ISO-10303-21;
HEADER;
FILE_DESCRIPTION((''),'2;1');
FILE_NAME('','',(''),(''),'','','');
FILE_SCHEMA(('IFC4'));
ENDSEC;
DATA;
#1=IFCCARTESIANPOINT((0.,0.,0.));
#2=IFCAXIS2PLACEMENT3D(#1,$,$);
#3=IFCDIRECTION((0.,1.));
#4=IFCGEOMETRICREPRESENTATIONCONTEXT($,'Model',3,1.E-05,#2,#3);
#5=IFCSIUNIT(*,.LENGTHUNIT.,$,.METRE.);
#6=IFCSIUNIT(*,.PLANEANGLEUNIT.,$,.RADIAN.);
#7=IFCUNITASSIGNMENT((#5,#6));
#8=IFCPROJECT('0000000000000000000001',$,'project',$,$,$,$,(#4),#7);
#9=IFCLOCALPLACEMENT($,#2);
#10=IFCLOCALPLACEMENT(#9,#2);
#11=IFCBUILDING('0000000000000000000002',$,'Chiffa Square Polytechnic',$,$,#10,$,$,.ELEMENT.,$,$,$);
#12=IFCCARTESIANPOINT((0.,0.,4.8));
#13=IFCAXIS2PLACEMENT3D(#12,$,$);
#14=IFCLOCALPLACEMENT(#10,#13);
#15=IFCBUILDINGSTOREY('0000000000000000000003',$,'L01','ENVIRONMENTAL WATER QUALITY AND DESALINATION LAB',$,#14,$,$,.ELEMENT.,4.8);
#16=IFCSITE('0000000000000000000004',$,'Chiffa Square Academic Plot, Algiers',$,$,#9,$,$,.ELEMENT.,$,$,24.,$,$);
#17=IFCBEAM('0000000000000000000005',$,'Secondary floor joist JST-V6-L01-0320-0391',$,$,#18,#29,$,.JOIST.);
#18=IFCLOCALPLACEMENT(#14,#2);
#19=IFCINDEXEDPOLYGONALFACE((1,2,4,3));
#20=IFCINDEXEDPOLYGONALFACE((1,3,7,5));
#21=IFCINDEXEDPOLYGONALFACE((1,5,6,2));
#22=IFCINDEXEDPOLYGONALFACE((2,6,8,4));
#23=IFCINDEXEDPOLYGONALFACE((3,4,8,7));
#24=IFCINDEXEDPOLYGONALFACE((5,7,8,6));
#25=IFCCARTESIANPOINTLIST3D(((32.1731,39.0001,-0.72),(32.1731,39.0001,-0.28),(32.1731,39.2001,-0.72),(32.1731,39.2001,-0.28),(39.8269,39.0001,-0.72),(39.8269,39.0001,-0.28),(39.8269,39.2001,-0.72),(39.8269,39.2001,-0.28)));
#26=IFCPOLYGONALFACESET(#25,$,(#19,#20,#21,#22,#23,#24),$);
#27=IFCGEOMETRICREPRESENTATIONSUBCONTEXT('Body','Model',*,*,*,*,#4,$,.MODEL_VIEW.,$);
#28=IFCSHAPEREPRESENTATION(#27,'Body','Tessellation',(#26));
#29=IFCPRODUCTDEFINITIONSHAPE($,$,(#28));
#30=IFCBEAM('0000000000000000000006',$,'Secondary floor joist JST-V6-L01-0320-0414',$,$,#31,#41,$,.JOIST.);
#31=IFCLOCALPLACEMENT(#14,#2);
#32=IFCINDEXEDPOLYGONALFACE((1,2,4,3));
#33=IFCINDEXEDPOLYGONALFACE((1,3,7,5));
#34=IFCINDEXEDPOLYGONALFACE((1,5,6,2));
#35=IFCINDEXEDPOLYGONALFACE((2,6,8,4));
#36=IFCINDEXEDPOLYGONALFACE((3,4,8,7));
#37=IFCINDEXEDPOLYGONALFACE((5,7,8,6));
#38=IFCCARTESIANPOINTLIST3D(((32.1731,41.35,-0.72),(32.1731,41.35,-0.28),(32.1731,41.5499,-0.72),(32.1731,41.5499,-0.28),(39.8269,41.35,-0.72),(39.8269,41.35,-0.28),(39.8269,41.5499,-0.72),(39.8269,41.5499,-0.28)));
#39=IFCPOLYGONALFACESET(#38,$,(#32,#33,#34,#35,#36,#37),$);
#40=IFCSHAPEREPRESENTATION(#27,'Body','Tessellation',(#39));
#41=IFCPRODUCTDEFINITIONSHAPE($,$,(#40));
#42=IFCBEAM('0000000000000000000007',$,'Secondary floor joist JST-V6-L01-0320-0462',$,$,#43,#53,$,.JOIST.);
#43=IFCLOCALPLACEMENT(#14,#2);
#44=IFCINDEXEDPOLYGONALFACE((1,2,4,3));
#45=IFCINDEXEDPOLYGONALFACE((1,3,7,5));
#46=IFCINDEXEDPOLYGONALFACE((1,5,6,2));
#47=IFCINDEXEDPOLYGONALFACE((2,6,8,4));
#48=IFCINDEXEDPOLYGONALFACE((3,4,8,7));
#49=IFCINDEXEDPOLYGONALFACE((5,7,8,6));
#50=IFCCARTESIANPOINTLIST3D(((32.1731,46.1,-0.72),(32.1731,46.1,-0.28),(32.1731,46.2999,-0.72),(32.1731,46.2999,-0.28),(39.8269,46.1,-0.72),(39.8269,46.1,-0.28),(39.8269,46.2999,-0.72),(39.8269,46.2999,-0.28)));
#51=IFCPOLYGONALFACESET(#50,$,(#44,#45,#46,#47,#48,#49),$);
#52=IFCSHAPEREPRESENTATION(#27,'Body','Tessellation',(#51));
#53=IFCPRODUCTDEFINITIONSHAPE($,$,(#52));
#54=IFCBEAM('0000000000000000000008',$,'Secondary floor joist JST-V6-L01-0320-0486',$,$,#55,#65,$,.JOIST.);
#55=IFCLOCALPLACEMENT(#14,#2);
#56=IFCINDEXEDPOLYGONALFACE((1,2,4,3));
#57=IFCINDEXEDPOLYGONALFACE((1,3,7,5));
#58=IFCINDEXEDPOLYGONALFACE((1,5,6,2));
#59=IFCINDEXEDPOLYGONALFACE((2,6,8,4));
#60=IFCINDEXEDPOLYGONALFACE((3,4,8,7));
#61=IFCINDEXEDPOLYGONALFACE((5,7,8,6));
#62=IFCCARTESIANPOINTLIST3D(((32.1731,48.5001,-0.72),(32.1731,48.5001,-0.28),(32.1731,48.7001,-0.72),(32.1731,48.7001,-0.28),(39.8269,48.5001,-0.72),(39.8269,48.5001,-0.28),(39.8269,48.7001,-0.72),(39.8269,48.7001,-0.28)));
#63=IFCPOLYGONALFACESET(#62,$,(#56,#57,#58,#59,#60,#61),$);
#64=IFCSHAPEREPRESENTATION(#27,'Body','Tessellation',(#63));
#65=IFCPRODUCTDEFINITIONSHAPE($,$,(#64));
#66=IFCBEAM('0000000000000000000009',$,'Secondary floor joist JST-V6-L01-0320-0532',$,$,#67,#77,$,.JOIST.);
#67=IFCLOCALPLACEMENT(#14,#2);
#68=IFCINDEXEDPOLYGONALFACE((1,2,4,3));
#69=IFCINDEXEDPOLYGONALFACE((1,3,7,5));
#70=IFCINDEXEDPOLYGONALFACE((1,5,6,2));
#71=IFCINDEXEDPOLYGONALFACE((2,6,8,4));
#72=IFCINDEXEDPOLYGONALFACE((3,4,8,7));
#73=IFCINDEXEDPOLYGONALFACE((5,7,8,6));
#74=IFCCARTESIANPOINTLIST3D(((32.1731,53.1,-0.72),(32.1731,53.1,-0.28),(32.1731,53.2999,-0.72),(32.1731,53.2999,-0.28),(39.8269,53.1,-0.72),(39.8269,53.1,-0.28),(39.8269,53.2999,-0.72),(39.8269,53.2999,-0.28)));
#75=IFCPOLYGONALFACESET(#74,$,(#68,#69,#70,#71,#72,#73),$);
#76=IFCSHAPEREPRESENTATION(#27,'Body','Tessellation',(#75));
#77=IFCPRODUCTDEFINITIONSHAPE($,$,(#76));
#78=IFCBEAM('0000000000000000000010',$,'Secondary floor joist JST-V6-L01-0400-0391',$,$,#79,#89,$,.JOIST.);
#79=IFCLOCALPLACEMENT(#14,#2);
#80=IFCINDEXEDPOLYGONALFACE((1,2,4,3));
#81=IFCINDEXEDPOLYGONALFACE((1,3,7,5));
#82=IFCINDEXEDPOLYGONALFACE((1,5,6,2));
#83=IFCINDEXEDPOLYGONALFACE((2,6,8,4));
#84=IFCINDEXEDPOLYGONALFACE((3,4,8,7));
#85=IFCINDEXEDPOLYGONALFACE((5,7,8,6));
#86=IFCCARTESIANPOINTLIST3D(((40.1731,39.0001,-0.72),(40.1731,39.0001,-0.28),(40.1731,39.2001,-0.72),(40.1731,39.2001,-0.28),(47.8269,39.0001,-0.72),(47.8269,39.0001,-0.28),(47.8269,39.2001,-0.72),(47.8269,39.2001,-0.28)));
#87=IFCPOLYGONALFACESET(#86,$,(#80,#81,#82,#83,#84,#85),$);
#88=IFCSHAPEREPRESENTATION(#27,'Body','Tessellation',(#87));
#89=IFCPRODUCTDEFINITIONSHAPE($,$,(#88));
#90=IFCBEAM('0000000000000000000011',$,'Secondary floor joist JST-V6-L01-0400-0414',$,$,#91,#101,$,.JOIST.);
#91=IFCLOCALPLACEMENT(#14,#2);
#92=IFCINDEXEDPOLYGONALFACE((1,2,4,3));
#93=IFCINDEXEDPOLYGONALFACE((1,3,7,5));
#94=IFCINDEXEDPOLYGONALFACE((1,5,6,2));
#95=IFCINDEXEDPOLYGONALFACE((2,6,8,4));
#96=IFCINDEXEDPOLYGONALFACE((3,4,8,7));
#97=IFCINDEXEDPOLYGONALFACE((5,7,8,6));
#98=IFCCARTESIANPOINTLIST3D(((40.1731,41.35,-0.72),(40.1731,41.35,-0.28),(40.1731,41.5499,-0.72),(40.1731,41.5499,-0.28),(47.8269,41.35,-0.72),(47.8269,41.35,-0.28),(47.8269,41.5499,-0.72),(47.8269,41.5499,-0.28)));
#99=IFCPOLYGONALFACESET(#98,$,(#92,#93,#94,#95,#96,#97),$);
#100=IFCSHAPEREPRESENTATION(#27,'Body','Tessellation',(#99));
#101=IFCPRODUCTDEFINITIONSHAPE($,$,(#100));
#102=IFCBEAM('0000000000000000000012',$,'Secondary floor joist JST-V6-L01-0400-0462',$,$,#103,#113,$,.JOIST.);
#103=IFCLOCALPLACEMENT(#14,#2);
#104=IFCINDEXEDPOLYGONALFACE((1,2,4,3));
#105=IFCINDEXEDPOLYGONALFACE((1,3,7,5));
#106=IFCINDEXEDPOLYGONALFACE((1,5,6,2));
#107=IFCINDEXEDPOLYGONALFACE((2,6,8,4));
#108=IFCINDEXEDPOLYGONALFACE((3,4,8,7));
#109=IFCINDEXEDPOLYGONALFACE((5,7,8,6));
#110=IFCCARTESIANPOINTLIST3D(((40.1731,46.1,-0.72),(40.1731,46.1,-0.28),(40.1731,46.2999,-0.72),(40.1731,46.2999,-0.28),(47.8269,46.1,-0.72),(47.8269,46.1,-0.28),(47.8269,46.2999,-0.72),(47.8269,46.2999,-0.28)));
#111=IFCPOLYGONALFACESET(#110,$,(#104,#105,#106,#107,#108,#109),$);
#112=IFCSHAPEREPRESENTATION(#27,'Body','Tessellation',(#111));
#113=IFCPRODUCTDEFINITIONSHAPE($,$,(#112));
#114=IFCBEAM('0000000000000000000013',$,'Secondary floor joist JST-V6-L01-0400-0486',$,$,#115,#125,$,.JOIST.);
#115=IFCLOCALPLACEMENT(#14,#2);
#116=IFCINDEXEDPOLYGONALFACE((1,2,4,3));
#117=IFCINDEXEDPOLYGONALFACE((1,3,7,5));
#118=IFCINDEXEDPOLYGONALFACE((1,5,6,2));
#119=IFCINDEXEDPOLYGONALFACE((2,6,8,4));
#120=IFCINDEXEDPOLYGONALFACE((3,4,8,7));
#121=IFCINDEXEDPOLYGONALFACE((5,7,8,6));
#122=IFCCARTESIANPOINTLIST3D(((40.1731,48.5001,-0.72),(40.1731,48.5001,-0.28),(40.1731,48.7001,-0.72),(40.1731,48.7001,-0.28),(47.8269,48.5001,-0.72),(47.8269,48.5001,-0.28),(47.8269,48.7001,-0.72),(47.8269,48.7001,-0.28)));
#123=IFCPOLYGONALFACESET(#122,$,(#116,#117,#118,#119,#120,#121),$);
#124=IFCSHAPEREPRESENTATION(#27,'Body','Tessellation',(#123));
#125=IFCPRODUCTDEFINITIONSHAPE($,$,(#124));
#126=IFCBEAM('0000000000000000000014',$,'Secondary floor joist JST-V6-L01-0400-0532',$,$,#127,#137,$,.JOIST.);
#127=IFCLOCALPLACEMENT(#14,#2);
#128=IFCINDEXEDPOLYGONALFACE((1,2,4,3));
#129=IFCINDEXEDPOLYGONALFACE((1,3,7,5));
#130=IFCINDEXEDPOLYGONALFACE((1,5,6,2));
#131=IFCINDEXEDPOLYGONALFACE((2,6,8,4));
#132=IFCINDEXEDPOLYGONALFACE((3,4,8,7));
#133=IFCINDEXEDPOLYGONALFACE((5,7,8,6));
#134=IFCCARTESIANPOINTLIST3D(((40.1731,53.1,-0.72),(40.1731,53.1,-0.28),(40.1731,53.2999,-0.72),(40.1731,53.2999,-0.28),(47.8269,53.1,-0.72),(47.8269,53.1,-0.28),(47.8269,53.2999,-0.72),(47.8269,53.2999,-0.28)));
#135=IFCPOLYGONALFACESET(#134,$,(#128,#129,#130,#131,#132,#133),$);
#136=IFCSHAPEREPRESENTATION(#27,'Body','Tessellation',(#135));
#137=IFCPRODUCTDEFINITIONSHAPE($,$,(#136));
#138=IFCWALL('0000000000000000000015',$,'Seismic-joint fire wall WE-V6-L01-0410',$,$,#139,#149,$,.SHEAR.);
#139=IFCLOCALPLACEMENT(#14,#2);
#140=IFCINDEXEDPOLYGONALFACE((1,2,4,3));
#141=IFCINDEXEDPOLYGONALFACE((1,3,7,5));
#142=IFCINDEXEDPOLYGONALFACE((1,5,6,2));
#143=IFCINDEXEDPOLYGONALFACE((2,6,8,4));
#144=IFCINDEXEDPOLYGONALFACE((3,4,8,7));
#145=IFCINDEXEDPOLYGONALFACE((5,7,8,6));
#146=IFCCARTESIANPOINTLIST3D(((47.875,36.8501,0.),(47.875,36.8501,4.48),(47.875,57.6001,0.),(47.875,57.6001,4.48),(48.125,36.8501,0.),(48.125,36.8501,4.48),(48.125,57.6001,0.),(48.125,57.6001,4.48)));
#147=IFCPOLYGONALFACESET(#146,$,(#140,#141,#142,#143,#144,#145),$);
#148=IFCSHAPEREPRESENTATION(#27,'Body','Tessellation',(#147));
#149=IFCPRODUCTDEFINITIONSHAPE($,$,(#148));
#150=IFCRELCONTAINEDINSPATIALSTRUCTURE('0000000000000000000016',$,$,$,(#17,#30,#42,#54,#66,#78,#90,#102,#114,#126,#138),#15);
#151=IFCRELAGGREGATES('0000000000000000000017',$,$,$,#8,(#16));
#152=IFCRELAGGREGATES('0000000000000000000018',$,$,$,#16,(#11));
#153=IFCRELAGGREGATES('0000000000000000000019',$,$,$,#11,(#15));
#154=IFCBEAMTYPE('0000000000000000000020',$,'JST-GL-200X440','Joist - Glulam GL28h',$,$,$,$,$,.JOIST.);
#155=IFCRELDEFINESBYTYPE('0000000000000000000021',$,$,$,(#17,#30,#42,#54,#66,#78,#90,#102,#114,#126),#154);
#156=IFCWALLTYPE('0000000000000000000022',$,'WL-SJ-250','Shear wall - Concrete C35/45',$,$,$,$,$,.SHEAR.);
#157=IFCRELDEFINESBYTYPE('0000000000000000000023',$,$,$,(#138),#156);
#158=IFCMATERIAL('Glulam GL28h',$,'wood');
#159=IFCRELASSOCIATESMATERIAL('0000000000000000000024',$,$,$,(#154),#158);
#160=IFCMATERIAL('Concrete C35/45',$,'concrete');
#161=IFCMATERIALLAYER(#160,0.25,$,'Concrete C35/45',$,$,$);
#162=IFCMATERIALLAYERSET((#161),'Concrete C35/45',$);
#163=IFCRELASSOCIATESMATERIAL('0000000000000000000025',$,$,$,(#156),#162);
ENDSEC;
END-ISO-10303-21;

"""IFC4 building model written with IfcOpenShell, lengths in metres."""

from ifc_helpers import new_model, si_unit, direction, frame, frame_2d, origin, origin_2d, place, context, subcontext, project, spatial, rectangle, extrude, material, layer, layer_set, material_profile, profile_set, type_object, element, save


model = new_model("IFC4")

# Units and contexts
model_context = context("Model", 3, precision=1e-05, world=origin(), true_north=direction((0.0, 1.0)))
body_context = subcontext(model_context, "Body", "Model", "MODEL_VIEW")
ifc_project = project(units=[si_unit("LENGTHUNIT", "METRE"), si_unit("PLANEANGLEUNIT", "RADIAN")], contexts=[model_context])

# Site, building, storey
site_placement = place(None, origin())
site = spatial("IfcSite", under=ifc_project, at=site_placement, Name="Chiffa Square Academic Plot, Algiers", CompositionType="ELEMENT", RefElevation=24.0)
building_placement = place(site_placement, origin())
building = spatial("IfcBuilding", under=site, at=building_placement, Name="Chiffa Square Polytechnic", CompositionType="ELEMENT")
storey_placement = place(building_placement, frame((0.0, 0.0, 4.8)))
storey = spatial("IfcBuildingStorey", under=building, at=storey_placement, Name="L01", Description="ENVIRONMENTAL WATER QUALITY AND DESALINATION LAB", CompositionType="ELEMENT", Elevation=4.8)

# Shared definitions
ifc_material_1 = material(Name="Concrete C35/45", Category="concrete")

# Beams
ifc_material_2 = material(Name="Glulam GL28h", Category="wood")
ifc_material_profile_1 = material_profile(ifc_material_2, rectangle(XDim=0.2, YDim=0.4399, at=origin_2d()), Name="GL28h 200x440")
ifc_profile_set_1 = profile_set([ifc_material_profile_1], Name="Glulam GL28h")
beam_type_1 = type_object("IfcBeamType", Name="JST-GL-200X440", Description="Joist - Glulam GL28h", PredefinedType="JOIST", material=ifc_profile_set_1)
for number, where, z_axis, x_axis, name in (
    (1, (32.1731, 39.1001, -0.5), (1.0, 0.0, 0.0), (0.0, 1.0, 0.0), "Secondary floor joist JST-V6-L01-0320-0391"),
    (2, (32.1731, 41.45, -0.5), (1.0, 0.0, 0.0), (0.0, 1.0, 0.0), "Secondary floor joist JST-V6-L01-0320-0414"),
    (3, (32.1731, 46.2, -0.5), (1.0, 0.0, 0.0), (0.0, 1.0, 0.0), "Secondary floor joist JST-V6-L01-0320-0462"),
    (4, (32.1731, 48.6001, -0.5), (1.0, 0.0, 0.0), (0.0, 1.0, 0.0), "Secondary floor joist JST-V6-L01-0320-0486"),
    (5, (32.1731, 53.2, -0.5), (1.0, 0.0, 0.0), (0.0, 1.0, 0.0), "Secondary floor joist JST-V6-L01-0320-0532"),
    (6, (40.1731, 39.1001, -0.5), (1.0, 0.0, 0.0), (0.0, 1.0, 0.0), "Secondary floor joist JST-V6-L01-0400-0391"),
    (7, (40.1731, 41.45, -0.5), (1.0, 0.0, 0.0), (0.0, 1.0, 0.0), "Secondary floor joist JST-V6-L01-0400-0414"),
    (8, (40.1731, 46.2, -0.5), (1.0, 0.0, 0.0), (0.0, 1.0, 0.0), "Secondary floor joist JST-V6-L01-0400-0462"),
    (9, (40.1731, 48.6001, -0.5), (1.0, 0.0, 0.0), (0.0, 1.0, 0.0), "Secondary floor joist JST-V6-L01-0400-0486"),
    (10, (40.1731, 53.2, -0.5), (1.0, 0.0, 0.0), (0.0, 1.0, 0.0), "Secondary floor joist JST-V6-L01-0400-0532"),
):
    element("IfcBeam", number, at=place(storey_placement, frame(where, z_axis=z_axis, x_axis=x_axis)), inside=storey, type_object=beam_type_1, Name=name, PredefinedType="JOIST", context=body_context, shape_type="SweptSolid", body=[
        extrude(rectangle(XDim=0.2, YDim=0.4399, at=origin_2d()), origin(), (0.0, 0.0, 1.0), 7.6538),
    ])

# Wall
ifc_layer = layer(ifc_material_1, 0.25, Name="Concrete C35/45")
ifc_layer_set = layer_set([ifc_layer], Name="Concrete C35/45")
wall_type = type_object("IfcWallType", Name="WL-SJ-250", Description="Shear wall - Concrete C35/45", PredefinedType="SHEAR", material=ifc_layer_set)
wall_placement = place(storey_placement, frame((48.0, 36.8501, 0.0), z_axis=(0.0, 0.0, 1.0), x_axis=(0.0, 1.0, 0.0)))
element("IfcWall", 11, at=wall_placement, inside=storey, type_object=wall_type, Name="Seismic-joint fire wall WE-V6-L01-0410", PredefinedType="SHEAR", context=body_context, shape_type="SweptSolid", body=[
    extrude(rectangle(XDim=20.75, YDim=0.25, at=frame_2d((10.375, 0.0))), origin(), (0.0, 0.0, 1.0), 4.48),
])

save(model, "model.ifc")
